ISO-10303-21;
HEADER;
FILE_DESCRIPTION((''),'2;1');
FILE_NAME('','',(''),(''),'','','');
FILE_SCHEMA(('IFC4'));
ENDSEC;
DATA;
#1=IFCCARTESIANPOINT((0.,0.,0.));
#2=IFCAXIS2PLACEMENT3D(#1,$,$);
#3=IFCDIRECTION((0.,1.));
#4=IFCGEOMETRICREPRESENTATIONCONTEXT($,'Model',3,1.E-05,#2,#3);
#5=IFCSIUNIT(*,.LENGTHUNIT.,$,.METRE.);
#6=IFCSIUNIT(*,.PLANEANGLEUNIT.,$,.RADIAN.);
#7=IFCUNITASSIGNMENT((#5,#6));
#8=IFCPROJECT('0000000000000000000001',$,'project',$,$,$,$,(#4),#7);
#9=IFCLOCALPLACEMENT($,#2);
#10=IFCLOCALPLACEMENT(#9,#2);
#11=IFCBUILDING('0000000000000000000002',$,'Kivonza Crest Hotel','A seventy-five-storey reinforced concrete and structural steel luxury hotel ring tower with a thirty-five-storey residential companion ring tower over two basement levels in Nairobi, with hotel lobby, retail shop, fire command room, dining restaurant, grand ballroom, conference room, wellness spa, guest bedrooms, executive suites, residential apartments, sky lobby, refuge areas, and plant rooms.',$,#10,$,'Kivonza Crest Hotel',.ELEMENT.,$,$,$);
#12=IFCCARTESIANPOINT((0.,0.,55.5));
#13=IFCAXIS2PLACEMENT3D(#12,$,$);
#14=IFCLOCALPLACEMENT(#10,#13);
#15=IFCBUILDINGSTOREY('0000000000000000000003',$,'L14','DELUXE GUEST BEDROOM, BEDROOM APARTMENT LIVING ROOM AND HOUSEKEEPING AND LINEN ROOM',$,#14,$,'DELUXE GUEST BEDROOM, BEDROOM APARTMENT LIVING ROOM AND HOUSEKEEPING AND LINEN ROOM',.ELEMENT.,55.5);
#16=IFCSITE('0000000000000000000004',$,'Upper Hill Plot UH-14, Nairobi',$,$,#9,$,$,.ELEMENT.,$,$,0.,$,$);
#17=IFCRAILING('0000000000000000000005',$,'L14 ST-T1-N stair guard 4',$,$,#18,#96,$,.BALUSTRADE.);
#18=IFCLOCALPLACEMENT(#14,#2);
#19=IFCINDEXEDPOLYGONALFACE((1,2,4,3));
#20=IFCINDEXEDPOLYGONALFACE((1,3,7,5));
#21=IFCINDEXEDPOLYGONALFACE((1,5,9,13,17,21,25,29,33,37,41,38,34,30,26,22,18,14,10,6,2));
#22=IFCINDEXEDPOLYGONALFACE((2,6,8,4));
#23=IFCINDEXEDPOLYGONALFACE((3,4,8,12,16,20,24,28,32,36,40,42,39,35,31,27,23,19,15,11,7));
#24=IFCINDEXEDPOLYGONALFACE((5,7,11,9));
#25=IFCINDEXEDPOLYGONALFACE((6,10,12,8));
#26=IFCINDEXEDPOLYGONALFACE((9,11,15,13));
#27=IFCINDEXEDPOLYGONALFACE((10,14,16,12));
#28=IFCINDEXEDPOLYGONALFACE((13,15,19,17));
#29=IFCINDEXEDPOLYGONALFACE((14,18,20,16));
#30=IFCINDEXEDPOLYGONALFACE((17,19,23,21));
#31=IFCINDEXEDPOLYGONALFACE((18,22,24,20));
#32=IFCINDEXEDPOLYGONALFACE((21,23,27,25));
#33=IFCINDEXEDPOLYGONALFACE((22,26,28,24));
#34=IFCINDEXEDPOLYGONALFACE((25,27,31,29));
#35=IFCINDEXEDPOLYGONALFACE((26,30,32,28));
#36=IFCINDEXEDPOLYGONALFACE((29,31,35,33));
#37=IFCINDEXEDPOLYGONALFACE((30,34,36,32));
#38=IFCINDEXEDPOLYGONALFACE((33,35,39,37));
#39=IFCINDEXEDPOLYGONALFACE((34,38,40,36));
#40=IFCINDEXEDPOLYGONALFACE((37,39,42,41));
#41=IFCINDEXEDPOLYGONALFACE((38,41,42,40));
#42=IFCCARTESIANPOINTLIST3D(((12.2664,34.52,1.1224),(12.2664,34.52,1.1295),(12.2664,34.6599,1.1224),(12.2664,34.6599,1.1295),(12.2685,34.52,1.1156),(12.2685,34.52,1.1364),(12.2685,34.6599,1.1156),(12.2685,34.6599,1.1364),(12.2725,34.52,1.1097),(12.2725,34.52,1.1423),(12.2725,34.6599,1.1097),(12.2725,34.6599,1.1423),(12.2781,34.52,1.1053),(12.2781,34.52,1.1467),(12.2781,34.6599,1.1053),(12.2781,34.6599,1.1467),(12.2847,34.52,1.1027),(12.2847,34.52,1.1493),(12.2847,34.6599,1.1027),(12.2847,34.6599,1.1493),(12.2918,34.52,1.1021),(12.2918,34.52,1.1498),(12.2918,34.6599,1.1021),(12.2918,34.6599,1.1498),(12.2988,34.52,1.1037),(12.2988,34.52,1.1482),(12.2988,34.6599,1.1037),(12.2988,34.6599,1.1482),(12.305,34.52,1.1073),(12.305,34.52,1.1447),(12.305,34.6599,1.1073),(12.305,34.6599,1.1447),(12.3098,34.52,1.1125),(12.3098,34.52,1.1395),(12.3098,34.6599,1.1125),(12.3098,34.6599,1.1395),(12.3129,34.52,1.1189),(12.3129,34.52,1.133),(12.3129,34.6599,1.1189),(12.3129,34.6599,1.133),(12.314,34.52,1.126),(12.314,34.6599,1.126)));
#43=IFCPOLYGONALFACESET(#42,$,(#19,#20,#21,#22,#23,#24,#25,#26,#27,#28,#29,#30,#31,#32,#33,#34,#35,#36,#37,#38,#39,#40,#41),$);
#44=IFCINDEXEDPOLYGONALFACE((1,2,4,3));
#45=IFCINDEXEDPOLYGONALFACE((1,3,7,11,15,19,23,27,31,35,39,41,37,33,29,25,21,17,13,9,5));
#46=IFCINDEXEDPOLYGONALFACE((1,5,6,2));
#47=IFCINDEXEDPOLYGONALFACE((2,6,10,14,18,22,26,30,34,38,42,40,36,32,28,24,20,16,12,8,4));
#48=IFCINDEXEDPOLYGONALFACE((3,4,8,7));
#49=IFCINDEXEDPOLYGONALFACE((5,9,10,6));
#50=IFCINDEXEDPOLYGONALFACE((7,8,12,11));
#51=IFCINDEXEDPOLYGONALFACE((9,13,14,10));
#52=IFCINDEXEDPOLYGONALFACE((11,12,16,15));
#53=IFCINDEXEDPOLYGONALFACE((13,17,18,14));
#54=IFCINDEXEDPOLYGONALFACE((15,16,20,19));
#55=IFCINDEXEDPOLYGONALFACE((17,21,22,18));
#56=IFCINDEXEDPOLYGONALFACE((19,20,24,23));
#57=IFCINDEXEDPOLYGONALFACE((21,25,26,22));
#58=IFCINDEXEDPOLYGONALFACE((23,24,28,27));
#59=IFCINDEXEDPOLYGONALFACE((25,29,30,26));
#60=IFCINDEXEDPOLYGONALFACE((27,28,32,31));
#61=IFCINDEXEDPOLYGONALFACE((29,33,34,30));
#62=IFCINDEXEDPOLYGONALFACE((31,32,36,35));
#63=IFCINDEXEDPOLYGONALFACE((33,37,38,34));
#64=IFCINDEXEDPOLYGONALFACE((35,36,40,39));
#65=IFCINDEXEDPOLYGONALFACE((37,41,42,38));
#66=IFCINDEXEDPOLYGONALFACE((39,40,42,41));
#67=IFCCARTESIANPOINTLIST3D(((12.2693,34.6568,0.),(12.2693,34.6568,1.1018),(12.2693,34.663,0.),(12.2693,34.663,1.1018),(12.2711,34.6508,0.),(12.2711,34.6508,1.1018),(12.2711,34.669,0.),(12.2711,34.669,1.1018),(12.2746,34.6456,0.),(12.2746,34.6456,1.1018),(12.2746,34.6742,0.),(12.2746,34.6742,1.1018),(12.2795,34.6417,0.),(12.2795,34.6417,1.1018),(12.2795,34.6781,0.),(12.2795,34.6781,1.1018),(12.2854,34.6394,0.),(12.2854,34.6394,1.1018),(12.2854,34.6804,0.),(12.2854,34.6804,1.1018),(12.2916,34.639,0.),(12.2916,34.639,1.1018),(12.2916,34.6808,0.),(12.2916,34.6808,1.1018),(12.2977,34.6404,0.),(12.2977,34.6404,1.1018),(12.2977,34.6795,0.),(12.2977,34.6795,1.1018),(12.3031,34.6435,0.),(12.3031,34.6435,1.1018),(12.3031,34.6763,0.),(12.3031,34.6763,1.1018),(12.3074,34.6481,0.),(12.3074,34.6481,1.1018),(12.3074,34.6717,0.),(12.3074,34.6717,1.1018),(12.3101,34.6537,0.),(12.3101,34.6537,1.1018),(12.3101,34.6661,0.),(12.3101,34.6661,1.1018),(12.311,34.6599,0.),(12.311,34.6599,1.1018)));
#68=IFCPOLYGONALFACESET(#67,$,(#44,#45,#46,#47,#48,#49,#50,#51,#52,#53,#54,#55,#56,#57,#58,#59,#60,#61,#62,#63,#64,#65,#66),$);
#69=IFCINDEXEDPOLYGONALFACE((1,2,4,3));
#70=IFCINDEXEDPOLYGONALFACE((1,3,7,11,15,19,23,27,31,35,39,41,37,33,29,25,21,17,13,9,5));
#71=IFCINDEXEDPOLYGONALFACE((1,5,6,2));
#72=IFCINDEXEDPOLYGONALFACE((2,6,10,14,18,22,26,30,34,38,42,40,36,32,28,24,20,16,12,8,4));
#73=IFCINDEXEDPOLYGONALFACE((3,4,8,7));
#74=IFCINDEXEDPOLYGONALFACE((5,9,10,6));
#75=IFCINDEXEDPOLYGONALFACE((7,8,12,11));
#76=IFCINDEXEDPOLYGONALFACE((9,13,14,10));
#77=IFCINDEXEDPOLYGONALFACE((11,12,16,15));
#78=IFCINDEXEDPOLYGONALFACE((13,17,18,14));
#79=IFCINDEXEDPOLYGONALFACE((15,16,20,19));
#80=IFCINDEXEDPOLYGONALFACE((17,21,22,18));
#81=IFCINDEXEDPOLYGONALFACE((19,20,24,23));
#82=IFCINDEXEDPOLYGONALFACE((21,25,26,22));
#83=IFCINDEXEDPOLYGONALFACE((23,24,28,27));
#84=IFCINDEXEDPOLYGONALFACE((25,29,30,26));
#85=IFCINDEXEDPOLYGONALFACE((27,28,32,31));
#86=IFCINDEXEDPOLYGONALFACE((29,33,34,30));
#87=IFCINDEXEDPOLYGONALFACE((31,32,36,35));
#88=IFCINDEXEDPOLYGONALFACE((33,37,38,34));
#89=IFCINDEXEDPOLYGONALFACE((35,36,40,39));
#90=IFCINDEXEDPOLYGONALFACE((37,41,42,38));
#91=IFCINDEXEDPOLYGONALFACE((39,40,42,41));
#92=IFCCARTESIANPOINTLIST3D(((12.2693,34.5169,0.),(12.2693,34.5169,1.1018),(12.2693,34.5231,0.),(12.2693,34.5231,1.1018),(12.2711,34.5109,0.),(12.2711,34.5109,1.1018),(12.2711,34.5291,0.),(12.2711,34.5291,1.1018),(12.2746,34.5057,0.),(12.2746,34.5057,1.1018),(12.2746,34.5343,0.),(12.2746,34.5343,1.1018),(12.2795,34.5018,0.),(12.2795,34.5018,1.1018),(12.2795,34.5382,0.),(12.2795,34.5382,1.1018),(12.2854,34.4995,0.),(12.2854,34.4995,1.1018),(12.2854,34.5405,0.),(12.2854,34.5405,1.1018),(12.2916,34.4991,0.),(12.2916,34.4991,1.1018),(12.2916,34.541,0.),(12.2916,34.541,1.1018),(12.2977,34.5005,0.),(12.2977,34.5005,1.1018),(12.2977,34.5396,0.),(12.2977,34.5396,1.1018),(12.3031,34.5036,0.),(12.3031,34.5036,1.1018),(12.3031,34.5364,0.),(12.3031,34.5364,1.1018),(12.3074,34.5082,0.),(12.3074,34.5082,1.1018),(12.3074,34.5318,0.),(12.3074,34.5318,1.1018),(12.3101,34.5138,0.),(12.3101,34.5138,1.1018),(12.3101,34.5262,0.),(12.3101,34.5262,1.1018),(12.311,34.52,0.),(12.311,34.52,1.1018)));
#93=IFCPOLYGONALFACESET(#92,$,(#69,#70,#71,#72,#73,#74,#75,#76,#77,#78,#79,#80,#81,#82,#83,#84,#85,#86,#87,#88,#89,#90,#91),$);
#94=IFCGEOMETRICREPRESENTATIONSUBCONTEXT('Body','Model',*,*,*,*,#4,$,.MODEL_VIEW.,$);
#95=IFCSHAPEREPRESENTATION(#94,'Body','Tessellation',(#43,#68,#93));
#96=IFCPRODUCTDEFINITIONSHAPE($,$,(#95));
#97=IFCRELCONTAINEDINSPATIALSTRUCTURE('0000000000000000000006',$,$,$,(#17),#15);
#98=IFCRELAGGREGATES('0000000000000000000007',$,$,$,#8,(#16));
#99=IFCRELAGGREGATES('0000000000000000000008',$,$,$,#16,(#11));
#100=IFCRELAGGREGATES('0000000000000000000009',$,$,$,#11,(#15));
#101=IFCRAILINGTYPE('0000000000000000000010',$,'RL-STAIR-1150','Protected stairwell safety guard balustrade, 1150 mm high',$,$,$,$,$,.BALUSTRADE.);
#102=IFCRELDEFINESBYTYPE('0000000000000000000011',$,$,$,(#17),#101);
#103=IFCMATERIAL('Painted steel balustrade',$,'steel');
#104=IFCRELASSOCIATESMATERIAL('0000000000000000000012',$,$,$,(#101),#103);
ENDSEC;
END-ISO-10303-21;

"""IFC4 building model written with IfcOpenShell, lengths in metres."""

from ifc_helpers import new_model, si_unit, direction, frame, origin, origin_2d, place, context, subcontext, project, spatial, circle, extrude, material, type_object, element, save


model = new_model("IFC4")

# Units and contexts
model_context = context("Model", 3, precision=1e-05, world=origin(), true_north=direction((0.0, 1.0)))
body_context = subcontext(model_context, "Body", "Model", "MODEL_VIEW")
ifc_project = project(units=[si_unit("LENGTHUNIT", "METRE"), si_unit("PLANEANGLEUNIT", "RADIAN")], contexts=[model_context])

# Site, building, storey
site_placement = place(None, origin())
site = spatial("IfcSite", under=ifc_project, at=site_placement, Name="Upper Hill Plot UH-14, Nairobi", CompositionType="ELEMENT", RefElevation=0.0)
building_placement = place(site_placement, origin())
building = spatial("IfcBuilding", under=site, at=building_placement, Name="Kivonza Crest Hotel", Description="A seventy-five-storey reinforced concrete and structural steel luxury hotel ring tower with a thirty-five-storey residential companion ring tower over two basement levels in Nairobi, with hotel lobby, retail shop, fire command room, dining restaurant, grand ballroom, conference room, wellness spa, guest bedrooms, executive suites, residential apartments, sky lobby, refuge areas, and plant rooms.", LongName="Kivonza Crest Hotel", CompositionType="ELEMENT")
storey_placement = place(building_placement, frame((0.0, 0.0, 55.5)))
storey = spatial("IfcBuildingStorey", under=building, at=storey_placement, Name="L14", Description="DELUXE GUEST BEDROOM, BEDROOM APARTMENT LIVING ROOM AND HOUSEKEEPING AND LINEN ROOM", LongName="DELUXE GUEST BEDROOM, BEDROOM APARTMENT LIVING ROOM AND HOUSEKEEPING AND LINEN ROOM", CompositionType="ELEMENT", Elevation=55.5)

# Railing
ifc_material_1 = material(Name="Painted steel balustrade", Category="steel")
railing_type_1 = type_object("IfcRailingType", Name="RL-STAIR-1150", Description="Protected stairwell safety guard balustrade, 1150 mm high", PredefinedType="BALUSTRADE", material=ifc_material_1)
railing_1_placement = place(storey_placement, frame((12.29, 34.6599, 0.0)))
element("IfcRailing", 1, at=railing_1_placement, inside=storey, type_object=railing_type_1, Name="L14 ST-T1-N stair guard 4", PredefinedType="BALUSTRADE", context=body_context, shape_type="SweptSolid", body=[
    extrude(circle(Radius=0.0239, at=origin_2d()), frame((0.0, 0.0, 1.126), z_axis=(0.0, -1.0, 0.0), x_axis=(1.0, 0.0, 0.0)), (0.0, 0.0, 1.0), 0.1399),
    extrude(circle(Radius=0.021, at=origin_2d()), origin(), (0.0, 0.0, 1.0), 1.1018),
    extrude(circle(Radius=0.021, at=origin_2d()), frame((0.0, -0.1399, 0.0)), (0.0, 0.0, 1.0), 1.1018),
])

save(model, "model.ifc")
